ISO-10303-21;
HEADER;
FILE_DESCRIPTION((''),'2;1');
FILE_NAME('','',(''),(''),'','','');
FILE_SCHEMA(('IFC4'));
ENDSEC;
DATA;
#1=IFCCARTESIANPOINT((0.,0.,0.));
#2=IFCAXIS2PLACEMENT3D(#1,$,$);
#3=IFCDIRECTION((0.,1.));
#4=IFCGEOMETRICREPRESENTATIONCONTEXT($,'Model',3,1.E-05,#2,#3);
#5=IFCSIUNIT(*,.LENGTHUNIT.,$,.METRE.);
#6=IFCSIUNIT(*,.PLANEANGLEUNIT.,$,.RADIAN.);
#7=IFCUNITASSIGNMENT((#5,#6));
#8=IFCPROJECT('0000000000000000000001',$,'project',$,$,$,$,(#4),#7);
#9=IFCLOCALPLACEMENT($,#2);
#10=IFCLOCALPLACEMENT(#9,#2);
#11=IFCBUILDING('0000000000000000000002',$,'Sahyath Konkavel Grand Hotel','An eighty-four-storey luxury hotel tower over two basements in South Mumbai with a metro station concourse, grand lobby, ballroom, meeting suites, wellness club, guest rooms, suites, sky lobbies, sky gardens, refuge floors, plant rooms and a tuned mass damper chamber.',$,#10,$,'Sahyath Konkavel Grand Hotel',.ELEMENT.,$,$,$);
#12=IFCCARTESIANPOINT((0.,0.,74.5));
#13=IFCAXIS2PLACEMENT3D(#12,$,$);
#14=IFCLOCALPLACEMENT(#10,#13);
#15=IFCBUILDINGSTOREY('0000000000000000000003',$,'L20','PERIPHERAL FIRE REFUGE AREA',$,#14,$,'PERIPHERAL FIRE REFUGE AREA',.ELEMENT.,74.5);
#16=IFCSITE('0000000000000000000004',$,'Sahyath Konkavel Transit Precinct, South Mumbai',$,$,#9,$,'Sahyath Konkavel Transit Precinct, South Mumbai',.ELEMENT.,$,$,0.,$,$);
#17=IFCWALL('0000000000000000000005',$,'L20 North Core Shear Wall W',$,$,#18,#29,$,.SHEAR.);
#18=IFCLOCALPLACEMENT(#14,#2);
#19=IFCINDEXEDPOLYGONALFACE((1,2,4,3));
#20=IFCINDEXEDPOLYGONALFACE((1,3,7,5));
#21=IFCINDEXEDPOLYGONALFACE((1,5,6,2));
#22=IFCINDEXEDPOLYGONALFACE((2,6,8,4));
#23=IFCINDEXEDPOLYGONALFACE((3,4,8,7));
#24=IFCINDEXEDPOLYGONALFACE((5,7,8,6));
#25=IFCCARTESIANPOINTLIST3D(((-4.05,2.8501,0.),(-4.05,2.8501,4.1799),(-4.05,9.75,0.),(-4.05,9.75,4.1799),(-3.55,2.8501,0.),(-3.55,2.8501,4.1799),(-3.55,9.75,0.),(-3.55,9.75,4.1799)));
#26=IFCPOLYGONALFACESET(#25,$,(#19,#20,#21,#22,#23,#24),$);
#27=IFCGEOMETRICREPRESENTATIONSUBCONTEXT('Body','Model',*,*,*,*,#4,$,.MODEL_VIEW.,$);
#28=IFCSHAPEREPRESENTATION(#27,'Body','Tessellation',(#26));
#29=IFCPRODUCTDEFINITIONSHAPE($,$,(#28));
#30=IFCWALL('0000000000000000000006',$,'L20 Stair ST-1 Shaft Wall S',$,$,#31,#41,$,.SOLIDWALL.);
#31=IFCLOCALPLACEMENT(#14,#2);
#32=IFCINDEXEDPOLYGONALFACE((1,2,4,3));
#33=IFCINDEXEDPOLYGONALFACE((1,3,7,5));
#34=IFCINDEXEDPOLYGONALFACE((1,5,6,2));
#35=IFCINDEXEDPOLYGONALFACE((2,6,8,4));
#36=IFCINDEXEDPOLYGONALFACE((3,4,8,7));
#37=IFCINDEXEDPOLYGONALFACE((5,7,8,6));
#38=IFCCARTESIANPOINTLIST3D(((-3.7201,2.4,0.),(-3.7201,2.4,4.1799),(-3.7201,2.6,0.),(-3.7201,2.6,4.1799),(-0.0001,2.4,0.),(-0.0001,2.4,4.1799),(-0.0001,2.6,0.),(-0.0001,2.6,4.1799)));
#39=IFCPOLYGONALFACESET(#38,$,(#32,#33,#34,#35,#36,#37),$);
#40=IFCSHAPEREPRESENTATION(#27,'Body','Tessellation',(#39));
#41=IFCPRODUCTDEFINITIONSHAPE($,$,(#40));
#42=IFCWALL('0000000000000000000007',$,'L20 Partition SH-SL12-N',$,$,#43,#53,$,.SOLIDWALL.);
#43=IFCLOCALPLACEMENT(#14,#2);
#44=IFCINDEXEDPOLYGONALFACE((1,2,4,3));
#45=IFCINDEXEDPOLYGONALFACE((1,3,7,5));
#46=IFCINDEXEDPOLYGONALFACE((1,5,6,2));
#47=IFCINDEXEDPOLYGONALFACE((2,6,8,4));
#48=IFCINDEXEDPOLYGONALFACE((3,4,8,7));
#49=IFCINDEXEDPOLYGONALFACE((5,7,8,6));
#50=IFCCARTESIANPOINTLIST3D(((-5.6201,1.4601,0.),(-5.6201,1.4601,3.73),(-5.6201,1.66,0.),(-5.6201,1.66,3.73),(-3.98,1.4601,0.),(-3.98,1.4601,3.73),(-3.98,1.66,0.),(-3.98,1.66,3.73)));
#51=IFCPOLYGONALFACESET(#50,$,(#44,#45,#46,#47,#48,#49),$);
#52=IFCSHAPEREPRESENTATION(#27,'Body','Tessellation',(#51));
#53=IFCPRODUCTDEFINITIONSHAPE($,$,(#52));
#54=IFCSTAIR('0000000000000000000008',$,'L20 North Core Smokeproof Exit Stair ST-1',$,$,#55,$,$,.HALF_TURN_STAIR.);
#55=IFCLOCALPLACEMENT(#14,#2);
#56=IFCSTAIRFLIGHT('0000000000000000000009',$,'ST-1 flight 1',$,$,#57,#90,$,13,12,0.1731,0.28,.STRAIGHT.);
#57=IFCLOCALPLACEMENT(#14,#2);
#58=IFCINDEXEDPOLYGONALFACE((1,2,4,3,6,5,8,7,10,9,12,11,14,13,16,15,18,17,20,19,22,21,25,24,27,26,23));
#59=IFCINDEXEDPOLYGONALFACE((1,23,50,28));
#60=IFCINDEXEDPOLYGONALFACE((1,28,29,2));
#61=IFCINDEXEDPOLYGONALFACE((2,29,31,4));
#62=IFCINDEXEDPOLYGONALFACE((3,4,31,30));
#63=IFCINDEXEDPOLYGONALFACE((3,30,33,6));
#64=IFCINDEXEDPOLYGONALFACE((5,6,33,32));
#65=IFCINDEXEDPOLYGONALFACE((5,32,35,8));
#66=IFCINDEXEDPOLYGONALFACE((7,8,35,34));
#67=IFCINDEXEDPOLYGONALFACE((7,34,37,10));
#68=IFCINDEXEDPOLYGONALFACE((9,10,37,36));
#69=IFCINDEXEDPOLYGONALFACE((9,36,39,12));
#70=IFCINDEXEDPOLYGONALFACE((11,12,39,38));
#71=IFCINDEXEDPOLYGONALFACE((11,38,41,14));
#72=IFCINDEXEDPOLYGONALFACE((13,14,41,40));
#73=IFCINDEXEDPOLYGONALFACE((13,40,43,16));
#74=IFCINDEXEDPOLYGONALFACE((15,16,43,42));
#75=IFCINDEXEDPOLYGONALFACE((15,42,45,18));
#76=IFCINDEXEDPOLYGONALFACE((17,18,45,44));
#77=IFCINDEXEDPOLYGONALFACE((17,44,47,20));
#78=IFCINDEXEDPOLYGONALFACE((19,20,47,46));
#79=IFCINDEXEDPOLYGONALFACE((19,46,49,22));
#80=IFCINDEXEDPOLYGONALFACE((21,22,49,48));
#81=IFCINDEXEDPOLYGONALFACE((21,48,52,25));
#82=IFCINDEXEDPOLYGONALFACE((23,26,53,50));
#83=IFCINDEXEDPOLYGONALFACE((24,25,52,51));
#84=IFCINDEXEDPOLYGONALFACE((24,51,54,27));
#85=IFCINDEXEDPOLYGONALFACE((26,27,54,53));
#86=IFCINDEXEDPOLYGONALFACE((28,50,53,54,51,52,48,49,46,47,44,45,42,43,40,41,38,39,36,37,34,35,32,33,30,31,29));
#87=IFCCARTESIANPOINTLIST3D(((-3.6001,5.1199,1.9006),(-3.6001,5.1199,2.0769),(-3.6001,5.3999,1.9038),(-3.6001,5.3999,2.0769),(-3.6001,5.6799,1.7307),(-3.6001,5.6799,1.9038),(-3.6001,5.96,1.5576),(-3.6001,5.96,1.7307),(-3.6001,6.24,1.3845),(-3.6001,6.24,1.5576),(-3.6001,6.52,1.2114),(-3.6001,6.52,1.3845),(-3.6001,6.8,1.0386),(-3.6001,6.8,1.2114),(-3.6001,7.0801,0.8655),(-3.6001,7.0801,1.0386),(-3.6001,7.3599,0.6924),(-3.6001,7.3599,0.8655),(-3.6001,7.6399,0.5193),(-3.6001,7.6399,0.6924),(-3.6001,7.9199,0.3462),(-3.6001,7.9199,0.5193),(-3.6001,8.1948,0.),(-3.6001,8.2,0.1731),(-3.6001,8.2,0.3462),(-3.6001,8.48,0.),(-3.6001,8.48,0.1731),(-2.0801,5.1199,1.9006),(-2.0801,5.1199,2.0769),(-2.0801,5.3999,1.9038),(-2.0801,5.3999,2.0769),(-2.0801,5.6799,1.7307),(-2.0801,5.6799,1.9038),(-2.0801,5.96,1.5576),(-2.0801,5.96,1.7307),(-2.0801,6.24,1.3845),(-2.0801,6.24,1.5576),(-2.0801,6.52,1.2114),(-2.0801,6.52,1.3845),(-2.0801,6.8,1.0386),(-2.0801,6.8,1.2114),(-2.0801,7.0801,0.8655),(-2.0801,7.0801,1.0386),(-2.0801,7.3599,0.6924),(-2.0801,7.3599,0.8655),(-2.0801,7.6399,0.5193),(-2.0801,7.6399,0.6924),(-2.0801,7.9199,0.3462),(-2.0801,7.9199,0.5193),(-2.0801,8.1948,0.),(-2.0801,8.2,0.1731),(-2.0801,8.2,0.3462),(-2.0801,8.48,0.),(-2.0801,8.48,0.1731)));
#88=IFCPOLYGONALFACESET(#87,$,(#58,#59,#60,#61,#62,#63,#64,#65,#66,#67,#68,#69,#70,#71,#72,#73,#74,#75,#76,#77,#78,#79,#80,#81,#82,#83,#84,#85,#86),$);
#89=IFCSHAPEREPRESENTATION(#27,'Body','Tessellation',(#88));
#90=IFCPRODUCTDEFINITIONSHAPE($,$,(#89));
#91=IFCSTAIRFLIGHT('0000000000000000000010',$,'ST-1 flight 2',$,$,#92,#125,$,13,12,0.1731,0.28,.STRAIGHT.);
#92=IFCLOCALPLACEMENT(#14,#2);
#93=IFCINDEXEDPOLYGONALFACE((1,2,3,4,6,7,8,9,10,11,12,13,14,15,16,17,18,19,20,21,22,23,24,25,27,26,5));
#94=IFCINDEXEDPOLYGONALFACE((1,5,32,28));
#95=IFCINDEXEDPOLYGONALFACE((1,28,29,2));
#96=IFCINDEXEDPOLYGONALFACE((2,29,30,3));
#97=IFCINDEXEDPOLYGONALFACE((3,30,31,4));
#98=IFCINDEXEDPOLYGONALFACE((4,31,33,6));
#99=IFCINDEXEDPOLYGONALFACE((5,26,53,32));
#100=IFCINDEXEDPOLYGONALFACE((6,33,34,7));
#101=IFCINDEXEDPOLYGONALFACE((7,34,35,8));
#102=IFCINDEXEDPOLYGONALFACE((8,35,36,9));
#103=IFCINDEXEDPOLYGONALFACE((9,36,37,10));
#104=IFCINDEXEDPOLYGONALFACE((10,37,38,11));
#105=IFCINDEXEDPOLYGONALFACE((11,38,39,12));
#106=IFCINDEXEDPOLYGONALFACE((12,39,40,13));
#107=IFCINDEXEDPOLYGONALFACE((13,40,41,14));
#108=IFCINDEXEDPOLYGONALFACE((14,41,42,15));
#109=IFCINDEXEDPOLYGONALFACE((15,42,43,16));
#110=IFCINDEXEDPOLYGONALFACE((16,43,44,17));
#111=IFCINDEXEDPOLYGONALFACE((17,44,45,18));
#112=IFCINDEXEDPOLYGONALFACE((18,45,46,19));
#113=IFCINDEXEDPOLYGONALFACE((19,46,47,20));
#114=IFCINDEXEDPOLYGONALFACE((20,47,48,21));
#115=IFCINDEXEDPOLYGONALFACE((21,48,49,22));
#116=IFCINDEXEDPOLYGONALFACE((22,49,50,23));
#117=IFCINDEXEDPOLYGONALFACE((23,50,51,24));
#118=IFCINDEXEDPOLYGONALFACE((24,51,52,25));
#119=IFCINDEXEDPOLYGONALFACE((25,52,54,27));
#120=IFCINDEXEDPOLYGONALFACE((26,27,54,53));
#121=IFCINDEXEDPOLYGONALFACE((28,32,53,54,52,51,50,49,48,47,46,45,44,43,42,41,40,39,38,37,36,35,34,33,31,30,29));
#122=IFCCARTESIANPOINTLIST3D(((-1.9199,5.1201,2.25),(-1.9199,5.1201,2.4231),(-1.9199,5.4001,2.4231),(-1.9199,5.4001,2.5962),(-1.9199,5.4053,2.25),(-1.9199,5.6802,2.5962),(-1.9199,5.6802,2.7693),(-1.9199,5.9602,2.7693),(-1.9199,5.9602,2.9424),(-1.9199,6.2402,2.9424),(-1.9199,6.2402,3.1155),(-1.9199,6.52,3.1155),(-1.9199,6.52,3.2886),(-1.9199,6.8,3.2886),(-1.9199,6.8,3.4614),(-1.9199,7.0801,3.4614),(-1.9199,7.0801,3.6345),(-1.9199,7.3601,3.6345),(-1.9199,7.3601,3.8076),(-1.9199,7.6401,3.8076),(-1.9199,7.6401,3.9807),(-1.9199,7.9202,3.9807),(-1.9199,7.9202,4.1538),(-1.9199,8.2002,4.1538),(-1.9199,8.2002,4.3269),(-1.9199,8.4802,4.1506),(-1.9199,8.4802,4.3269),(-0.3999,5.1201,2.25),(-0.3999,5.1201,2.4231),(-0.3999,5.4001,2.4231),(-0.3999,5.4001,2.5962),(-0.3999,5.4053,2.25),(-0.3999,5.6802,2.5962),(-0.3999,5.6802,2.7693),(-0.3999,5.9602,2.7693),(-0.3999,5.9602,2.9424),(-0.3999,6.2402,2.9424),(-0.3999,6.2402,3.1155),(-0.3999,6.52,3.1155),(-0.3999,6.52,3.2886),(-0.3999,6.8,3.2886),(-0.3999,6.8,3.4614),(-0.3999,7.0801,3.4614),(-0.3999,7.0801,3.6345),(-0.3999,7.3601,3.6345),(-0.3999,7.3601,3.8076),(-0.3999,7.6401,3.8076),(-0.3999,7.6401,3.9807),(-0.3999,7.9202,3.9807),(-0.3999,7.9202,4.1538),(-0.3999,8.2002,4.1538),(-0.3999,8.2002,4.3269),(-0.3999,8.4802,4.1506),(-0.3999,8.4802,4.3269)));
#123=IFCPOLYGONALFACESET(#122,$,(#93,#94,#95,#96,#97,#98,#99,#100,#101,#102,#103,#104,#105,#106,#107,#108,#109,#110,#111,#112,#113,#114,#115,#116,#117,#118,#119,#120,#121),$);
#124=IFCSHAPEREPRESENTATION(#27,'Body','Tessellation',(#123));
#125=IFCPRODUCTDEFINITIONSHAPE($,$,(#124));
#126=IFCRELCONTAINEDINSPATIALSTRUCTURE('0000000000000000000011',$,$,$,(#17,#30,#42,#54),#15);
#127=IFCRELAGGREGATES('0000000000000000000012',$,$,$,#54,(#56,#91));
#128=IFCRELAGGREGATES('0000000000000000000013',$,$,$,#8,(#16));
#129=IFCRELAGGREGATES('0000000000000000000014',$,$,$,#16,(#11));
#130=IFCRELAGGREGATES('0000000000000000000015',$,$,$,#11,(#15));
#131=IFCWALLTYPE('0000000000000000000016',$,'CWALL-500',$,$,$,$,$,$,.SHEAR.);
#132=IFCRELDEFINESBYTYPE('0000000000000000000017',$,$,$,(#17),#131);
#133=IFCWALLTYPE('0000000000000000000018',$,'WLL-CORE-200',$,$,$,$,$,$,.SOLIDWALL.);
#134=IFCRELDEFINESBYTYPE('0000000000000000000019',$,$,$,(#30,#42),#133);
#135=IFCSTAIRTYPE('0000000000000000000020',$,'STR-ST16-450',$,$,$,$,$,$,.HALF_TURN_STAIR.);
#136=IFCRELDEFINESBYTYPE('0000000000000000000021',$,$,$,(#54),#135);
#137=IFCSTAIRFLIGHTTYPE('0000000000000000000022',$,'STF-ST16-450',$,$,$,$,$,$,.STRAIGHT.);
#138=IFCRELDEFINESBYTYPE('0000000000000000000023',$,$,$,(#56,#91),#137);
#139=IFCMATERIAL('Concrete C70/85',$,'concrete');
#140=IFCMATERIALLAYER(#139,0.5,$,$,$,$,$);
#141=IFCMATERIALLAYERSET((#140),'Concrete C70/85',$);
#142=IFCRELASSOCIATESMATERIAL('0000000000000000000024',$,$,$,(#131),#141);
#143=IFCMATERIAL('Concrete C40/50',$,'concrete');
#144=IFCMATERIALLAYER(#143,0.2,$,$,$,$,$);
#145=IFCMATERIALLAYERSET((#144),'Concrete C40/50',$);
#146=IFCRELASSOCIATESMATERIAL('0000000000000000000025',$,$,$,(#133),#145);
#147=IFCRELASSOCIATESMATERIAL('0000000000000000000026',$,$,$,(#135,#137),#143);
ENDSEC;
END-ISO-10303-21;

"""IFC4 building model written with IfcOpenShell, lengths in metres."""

from ifc_helpers import new_model, si_unit, direction, frame, frame_2d, origin, place, context, subcontext, project, spatial, polyline, rectangle, outline, extrude, material, layer, layer_set, type_object, element, aggregate, save


model = new_model("IFC4")

# Units and contexts
model_context = context("Model", 3, precision=1e-05, world=origin(), true_north=direction((0.0, 1.0)))
body_context = subcontext(model_context, "Body", "Model", "MODEL_VIEW")
ifc_project = project(units=[si_unit("LENGTHUNIT", "METRE"), si_unit("PLANEANGLEUNIT", "RADIAN")], contexts=[model_context])

# Site, building, storey
site_placement = place(None, origin())
site = spatial("IfcSite", under=ifc_project, at=site_placement, Name="Sahyath Konkavel Transit Precinct, South Mumbai", LongName="Sahyath Konkavel Transit Precinct, South Mumbai", CompositionType="ELEMENT", RefElevation=0.0)
building_placement = place(site_placement, origin())
building = spatial("IfcBuilding", under=site, at=building_placement, Name="Sahyath Konkavel Grand Hotel", Description="An eighty-four-storey luxury hotel tower over two basements in South Mumbai with a metro station concourse, grand lobby, ballroom, meeting suites, wellness club, guest rooms, suites, sky lobbies, sky gardens, refuge floors, plant rooms and a tuned mass damper chamber.", LongName="Sahyath Konkavel Grand Hotel", CompositionType="ELEMENT")
storey_placement = place(building_placement, frame((0.0, 0.0, 74.5)))
storey = spatial("IfcBuildingStorey", under=building, at=storey_placement, Name="L20", Description="PERIPHERAL FIRE REFUGE AREA", LongName="PERIPHERAL FIRE REFUGE AREA", CompositionType="ELEMENT", Elevation=74.5)

# Shared definitions
ifc_material_1 = material(Name="Concrete C70/85", Category="concrete")

# Walls
ifc_layer_1 = layer(ifc_material_1, 0.5)
ifc_layer_set_1 = layer_set([ifc_layer_1], Name="Concrete C70/85")
wall_type_1 = type_object("IfcWallType", Name="CWALL-500", PredefinedType="SHEAR", material=ifc_layer_set_1)
wall_1_placement = place(storey_placement, frame((-3.8, 2.8501, 0.0), z_axis=(0.0, 0.0, 1.0), x_axis=(0.0, 1.0, 0.0)))
element("IfcWall", 1, at=wall_1_placement, inside=storey, type_object=wall_type_1, Name="L20 North Core Shear Wall W", PredefinedType="SHEAR", context=body_context, shape_type="SweptSolid", body=[
    extrude(rectangle(XDim=6.8999, YDim=0.5, at=frame_2d((3.45, 0.0))), origin(), (0.0, 0.0, 1.0), 4.1799),
])
ifc_material_2 = material(Name="Concrete C40/50", Category="concrete")
ifc_layer_2 = layer(ifc_material_2, 0.2)
ifc_layer_set_2 = layer_set([ifc_layer_2], Name="Concrete C40/50")
wall_type_2 = type_object("IfcWallType", Name="WLL-CORE-200", PredefinedType="SOLIDWALL", material=ifc_layer_set_2)
wall_2_placement = place(storey_placement, frame((-3.72, 2.5, 0.0), z_axis=(0.0, 0.0, 1.0), x_axis=(1.0, 0.0, 0.0)))
element("IfcWall", 2, at=wall_2_placement, inside=storey, type_object=wall_type_2, Name="L20 Stair ST-1 Shaft Wall S", PredefinedType="SOLIDWALL", context=body_context, shape_type="SweptSolid", body=[
    extrude(rectangle(XDim=3.72, YDim=0.2, at=frame_2d((1.8599, 0.0))), origin(), (0.0, 0.0, 1.0), 4.1799),
])
wall_3_placement = place(storey_placement, frame((-5.6201, 1.5601, 0.0), z_axis=(0.0, 0.0, 1.0), x_axis=(1.0, 0.0, 0.0)))
element("IfcWall", 3, at=wall_3_placement, inside=storey, type_object=wall_type_2, Name="L20 Partition SH-SL12-N", PredefinedType="SOLIDWALL", context=body_context, shape_type="SweptSolid", body=[
    extrude(rectangle(XDim=1.6401, YDim=0.2, at=frame_2d((0.8201, 0.0))), origin(), (0.0, 0.0, 1.0), 3.73),
])

# Stair, stair flights
stair_type = type_object("IfcStairType", Name="STR-ST16-450", PredefinedType="HALF_TURN_STAIR", material=ifc_material_2)
stair_placement = place(storey_placement, origin())
stair = element("IfcStair", 4, at=stair_placement, inside=storey, type_object=stair_type, Name="L20 North Core Smokeproof Exit Stair ST-1", PredefinedType="HALF_TURN_STAIR")
stair_flight_type = type_object("IfcStairFlightType", Name="STF-ST16-450", PredefinedType="STRAIGHT", material=ifc_material_2)
stair_flight_1_placement = place(storey_placement, frame((-2.8401, 8.48, 0.0), z_axis=(0.0, 0.0, 1.0), x_axis=(0.0, -1.0, 0.0)))
stair_flight_1 = element("IfcStairFlight", 5, at=stair_flight_1_placement, type_object=stair_flight_type, Name="ST-1 flight 1", NumberOfRisers=13, NumberOfTreads=12, PredefinedType="STRAIGHT", RiserHeight=0.1731, TreadLength=0.28, context=body_context, shape_type="SweptSolid", body=[
    extrude(outline(polyline([(0.0, 0.0), (0.0, 0.1731), (0.28, 0.1731), (0.28, 0.3462), (0.5601, 0.3462), (0.5601, 0.5193), (0.8401, 0.5193), (0.8401, 0.6924), (1.1201, 0.6924), (1.1201, 0.8655), (1.3999, 0.8655), (1.3999, 1.0386), (1.6799, 1.0386), (1.6799, 1.2114), (1.96, 1.2114), (1.96, 1.3845), (2.24, 1.3845), (2.24, 1.5576), (2.52, 1.5576), (2.52, 1.7307), (2.8, 1.7307), (2.8, 1.9038), (3.0801, 1.9038), (3.0801, 2.0769), (3.3601, 2.0769), (3.3601, 2.25), (3.3601, 1.9006), (0.2852, 0.0), (0.0, 0.0)])), frame((0.0, 0.76, 0.0), z_axis=(0.0, -1.0, 0.0), x_axis=(1.0, 0.0, 0.0)), (0.0, 0.0, 1.0), 1.52),
])
stair_flight_2_placement = place(storey_placement, frame((-1.1599, 5.1201, 2.25), z_axis=(0.0, 0.0, 1.0), x_axis=(0.0, 1.0, 0.0)))
stair_flight_2 = element("IfcStairFlight", 6, at=stair_flight_2_placement, type_object=stair_flight_type, Name="ST-1 flight 2", NumberOfRisers=13, NumberOfTreads=12, PredefinedType="STRAIGHT", RiserHeight=0.1731, TreadLength=0.28, context=body_context, shape_type="SweptSolid", body=[
    extrude(outline(polyline([(0.0, 0.0), (0.0, 0.1731), (0.28, 0.1731), (0.28, 0.3462), (0.5601, 0.3462), (0.5601, 0.5193), (0.8401, 0.5193), (0.8401, 0.6924), (1.1201, 0.6924), (1.1201, 0.8655), (1.3999, 0.8655), (1.3999, 1.0386), (1.6799, 1.0386), (1.6799, 1.2114), (1.96, 1.2114), (1.96, 1.3845), (2.24, 1.3845), (2.24, 1.5576), (2.52, 1.5576), (2.52, 1.7307), (2.8, 1.7307), (2.8, 1.9038), (3.0801, 1.9038), (3.0801, 2.0769), (3.3601, 2.0769), (3.3601, 2.25), (3.3601, 1.9006), (0.2852, 0.0), (0.0, 0.0)])), frame((0.0, 0.76, 0.0), z_axis=(0.0, -1.0, 0.0), x_axis=(1.0, 0.0, 0.0)), (0.0, 0.0, 1.0), 1.52),
])
aggregate(stair, [stair_flight_1, stair_flight_2])

save(model, "model.ifc")
